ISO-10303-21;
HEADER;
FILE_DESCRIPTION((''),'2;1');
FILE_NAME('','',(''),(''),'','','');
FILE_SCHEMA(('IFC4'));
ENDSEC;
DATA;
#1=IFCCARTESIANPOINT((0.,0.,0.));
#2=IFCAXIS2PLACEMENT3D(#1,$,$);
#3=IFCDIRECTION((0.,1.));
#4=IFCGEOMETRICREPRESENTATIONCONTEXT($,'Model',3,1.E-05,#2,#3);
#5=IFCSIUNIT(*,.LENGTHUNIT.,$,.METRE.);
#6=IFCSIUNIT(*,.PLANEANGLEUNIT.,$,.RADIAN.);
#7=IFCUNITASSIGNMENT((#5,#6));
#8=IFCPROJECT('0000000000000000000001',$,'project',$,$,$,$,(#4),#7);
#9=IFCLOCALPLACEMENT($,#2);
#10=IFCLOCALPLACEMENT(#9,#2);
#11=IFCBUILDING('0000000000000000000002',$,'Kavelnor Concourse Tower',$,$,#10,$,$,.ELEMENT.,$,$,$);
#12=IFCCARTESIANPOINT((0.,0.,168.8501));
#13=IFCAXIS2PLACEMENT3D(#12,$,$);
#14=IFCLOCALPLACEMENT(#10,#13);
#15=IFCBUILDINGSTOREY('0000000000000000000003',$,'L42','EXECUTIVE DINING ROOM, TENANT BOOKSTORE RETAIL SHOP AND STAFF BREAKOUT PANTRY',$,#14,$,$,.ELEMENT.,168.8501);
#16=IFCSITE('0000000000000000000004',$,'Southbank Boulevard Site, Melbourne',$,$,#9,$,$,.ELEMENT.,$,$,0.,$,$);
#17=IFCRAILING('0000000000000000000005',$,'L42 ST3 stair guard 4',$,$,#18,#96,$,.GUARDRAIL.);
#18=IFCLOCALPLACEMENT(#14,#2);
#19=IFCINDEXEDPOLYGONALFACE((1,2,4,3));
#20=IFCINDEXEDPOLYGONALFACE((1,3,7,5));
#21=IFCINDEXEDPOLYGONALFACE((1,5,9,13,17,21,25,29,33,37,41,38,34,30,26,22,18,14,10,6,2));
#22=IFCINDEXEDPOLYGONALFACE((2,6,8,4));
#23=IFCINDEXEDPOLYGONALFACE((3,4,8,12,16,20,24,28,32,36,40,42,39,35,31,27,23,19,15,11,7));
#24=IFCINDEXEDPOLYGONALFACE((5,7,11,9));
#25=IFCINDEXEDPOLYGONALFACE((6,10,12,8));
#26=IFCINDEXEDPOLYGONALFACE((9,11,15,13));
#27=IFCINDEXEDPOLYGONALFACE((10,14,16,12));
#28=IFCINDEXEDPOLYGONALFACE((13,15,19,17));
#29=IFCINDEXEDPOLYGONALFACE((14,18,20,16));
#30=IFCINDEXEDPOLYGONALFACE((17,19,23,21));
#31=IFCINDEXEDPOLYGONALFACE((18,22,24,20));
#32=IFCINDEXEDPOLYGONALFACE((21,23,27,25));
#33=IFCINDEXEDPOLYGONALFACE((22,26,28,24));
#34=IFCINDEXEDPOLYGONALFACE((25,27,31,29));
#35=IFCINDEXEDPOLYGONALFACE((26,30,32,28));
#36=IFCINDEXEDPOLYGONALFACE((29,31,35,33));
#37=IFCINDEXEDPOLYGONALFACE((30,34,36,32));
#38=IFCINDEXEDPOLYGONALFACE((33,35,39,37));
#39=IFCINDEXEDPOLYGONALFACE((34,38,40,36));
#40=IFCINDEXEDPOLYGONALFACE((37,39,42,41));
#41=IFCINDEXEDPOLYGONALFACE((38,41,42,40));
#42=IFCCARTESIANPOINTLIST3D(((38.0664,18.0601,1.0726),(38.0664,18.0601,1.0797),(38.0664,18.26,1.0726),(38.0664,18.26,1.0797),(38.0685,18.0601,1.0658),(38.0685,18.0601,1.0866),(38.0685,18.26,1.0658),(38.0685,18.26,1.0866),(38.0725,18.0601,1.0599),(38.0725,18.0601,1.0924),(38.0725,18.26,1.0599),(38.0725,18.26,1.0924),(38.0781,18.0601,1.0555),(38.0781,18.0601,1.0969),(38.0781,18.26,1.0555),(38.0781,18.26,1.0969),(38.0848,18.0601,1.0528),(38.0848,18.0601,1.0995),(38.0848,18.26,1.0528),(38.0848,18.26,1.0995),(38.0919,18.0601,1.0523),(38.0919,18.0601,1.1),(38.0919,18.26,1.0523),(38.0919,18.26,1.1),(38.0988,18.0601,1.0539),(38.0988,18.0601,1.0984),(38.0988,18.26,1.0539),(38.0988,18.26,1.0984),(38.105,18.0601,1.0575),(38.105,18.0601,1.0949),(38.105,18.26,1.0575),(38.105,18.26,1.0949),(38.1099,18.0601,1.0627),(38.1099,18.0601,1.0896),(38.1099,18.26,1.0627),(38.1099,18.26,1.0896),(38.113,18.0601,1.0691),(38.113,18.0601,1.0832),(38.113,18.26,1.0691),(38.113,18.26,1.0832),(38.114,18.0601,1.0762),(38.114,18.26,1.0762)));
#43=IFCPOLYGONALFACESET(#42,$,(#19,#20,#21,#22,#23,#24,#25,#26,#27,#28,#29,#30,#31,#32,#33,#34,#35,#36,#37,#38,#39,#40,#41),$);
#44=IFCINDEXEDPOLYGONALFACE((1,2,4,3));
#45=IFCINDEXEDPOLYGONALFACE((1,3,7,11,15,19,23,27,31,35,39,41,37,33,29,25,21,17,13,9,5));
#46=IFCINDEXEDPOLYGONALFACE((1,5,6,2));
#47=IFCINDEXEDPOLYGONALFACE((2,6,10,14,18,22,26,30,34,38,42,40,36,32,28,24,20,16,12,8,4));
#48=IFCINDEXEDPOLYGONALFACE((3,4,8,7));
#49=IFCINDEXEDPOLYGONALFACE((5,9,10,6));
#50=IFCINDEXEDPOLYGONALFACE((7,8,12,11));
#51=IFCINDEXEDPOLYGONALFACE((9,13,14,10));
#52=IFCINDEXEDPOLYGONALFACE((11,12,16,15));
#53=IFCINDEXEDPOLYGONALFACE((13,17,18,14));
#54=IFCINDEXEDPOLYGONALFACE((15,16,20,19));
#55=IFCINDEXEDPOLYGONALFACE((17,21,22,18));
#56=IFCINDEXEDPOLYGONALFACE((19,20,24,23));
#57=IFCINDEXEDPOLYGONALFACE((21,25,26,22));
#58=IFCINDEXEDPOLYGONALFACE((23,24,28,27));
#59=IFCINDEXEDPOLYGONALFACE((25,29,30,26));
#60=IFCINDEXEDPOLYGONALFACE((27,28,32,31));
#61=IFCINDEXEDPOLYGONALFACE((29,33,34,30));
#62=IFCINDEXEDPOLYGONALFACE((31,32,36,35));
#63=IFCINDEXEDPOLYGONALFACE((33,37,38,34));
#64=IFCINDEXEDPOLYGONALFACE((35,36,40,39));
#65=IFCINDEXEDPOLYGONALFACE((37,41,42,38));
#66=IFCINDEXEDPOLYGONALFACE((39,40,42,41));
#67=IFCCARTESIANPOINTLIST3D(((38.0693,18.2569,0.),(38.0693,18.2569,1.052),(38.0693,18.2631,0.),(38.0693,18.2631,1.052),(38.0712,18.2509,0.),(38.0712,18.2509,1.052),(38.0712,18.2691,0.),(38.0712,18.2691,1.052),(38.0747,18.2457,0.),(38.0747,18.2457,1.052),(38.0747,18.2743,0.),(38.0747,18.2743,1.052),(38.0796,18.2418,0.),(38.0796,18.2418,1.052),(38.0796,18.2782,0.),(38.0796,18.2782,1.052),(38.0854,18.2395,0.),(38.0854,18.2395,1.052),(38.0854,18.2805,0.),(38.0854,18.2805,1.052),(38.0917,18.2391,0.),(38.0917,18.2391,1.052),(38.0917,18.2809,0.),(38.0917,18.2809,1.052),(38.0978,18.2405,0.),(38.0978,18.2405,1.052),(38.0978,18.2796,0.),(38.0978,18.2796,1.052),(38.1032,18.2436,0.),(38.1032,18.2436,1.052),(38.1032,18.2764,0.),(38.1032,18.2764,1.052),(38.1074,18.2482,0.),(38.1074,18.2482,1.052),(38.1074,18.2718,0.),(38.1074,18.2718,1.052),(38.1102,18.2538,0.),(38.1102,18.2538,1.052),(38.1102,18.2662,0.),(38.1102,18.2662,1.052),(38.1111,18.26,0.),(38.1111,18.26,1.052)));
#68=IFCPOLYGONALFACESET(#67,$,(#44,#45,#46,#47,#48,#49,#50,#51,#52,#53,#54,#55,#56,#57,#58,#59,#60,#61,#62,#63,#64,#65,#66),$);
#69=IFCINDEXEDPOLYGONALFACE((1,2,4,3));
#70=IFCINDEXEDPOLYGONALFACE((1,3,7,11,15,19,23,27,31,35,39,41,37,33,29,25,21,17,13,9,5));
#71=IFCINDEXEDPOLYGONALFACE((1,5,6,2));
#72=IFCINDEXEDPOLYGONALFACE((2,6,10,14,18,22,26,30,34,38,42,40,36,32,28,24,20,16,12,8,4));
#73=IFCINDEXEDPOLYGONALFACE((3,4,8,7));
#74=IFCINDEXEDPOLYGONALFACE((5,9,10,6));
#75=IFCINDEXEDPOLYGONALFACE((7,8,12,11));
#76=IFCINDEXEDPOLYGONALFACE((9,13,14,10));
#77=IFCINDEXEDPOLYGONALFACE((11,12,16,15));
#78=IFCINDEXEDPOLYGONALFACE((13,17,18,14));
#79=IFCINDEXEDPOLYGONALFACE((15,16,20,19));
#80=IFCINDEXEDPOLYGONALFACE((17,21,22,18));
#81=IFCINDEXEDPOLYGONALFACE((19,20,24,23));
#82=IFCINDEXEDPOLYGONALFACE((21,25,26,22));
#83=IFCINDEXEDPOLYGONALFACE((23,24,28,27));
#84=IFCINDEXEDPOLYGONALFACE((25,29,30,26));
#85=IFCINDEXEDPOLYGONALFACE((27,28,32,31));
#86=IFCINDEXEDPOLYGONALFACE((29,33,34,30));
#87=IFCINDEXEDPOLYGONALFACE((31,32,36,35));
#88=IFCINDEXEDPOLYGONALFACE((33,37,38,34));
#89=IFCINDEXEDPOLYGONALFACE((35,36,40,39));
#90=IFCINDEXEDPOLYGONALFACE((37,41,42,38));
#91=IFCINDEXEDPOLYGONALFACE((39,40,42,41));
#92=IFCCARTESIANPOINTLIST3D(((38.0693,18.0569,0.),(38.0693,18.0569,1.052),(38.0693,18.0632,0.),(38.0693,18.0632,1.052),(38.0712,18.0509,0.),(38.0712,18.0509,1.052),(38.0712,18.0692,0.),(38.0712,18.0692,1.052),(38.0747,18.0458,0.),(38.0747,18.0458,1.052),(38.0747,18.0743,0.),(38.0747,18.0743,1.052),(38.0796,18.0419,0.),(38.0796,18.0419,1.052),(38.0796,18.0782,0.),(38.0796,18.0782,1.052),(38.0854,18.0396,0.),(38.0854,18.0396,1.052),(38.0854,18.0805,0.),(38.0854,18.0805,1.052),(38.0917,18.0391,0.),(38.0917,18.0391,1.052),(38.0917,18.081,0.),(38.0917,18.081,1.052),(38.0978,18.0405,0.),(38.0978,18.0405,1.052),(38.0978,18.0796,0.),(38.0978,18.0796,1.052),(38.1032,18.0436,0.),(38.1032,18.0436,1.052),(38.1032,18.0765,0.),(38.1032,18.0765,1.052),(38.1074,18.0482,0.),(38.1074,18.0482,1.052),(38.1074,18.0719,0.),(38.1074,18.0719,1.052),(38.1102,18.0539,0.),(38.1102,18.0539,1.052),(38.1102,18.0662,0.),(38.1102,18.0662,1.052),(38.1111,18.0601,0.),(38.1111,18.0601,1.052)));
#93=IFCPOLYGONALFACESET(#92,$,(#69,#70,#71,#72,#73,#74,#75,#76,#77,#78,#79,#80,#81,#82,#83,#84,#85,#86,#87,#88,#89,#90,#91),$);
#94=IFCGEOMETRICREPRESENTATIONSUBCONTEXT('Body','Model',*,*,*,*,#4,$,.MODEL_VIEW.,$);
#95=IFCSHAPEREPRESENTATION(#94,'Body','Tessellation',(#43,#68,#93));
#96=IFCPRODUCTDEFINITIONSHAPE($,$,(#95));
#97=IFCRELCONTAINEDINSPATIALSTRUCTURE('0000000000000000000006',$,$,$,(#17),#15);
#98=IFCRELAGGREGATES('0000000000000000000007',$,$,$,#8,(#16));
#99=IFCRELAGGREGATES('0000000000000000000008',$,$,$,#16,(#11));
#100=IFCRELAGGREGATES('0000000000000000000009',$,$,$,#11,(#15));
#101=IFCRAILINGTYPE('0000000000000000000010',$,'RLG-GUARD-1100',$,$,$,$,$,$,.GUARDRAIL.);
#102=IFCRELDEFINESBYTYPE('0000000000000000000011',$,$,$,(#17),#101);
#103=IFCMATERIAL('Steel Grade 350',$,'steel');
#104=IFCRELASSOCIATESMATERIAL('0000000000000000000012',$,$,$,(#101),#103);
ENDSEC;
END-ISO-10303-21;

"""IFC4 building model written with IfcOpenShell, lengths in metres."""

from ifc_helpers import new_model, si_unit, direction, frame, origin, origin_2d, place, context, subcontext, project, spatial, circle, extrude, material, type_object, element, save


model = new_model("IFC4")

# Units and contexts
model_context = context("Model", 3, precision=1e-05, world=origin(), true_north=direction((0.0, 1.0)))
body_context = subcontext(model_context, "Body", "Model", "MODEL_VIEW")
ifc_project = project(units=[si_unit("LENGTHUNIT", "METRE"), si_unit("PLANEANGLEUNIT", "RADIAN")], contexts=[model_context])

# Site, building, storey
site_placement = place(None, origin())
site = spatial("IfcSite", under=ifc_project, at=site_placement, Name="Southbank Boulevard Site, Melbourne", CompositionType="ELEMENT", RefElevation=0.0)
building_placement = place(site_placement, origin())
building = spatial("IfcBuilding", under=site, at=building_placement, Name="Kavelnor Concourse Tower", CompositionType="ELEMENT")
storey_placement = place(building_placement, frame((0.0, 0.0, 168.8501)))
storey = spatial("IfcBuildingStorey", under=building, at=storey_placement, Name="L42", Description="EXECUTIVE DINING ROOM, TENANT BOOKSTORE RETAIL SHOP AND STAFF BREAKOUT PANTRY", CompositionType="ELEMENT", Elevation=168.8501)

# Shared definitions
ifc_material_1 = material(Name="Steel Grade 350", Category="steel")

# Railing
railing_type_1 = type_object("IfcRailingType", Name="RLG-GUARD-1100", PredefinedType="GUARDRAIL", material=ifc_material_1)
railing_1_placement = place(storey_placement, frame((38.0901, 18.26, 0.0)))
element("IfcRailing", 1, at=railing_1_placement, inside=storey, type_object=railing_type_1, Name="L42 ST3 stair guard 4", PredefinedType="GUARDRAIL", context=body_context, shape_type="SweptSolid", body=[
    extrude(circle(Radius=0.0239, at=origin_2d()), frame((0.0, 0.0, 1.0762), z_axis=(0.0, -1.0, 0.0), x_axis=(1.0, 0.0, 0.0)), (0.0, 0.0, 1.0), 0.2),
    extrude(circle(Radius=0.021, at=origin_2d()), origin(), (0.0, 0.0, 1.0), 1.052),
    extrude(circle(Radius=0.021, at=origin_2d()), frame((0.0, -0.2, 0.0)), (0.0, 0.0, 1.0), 1.052),
])

save(model, "model.ifc")
